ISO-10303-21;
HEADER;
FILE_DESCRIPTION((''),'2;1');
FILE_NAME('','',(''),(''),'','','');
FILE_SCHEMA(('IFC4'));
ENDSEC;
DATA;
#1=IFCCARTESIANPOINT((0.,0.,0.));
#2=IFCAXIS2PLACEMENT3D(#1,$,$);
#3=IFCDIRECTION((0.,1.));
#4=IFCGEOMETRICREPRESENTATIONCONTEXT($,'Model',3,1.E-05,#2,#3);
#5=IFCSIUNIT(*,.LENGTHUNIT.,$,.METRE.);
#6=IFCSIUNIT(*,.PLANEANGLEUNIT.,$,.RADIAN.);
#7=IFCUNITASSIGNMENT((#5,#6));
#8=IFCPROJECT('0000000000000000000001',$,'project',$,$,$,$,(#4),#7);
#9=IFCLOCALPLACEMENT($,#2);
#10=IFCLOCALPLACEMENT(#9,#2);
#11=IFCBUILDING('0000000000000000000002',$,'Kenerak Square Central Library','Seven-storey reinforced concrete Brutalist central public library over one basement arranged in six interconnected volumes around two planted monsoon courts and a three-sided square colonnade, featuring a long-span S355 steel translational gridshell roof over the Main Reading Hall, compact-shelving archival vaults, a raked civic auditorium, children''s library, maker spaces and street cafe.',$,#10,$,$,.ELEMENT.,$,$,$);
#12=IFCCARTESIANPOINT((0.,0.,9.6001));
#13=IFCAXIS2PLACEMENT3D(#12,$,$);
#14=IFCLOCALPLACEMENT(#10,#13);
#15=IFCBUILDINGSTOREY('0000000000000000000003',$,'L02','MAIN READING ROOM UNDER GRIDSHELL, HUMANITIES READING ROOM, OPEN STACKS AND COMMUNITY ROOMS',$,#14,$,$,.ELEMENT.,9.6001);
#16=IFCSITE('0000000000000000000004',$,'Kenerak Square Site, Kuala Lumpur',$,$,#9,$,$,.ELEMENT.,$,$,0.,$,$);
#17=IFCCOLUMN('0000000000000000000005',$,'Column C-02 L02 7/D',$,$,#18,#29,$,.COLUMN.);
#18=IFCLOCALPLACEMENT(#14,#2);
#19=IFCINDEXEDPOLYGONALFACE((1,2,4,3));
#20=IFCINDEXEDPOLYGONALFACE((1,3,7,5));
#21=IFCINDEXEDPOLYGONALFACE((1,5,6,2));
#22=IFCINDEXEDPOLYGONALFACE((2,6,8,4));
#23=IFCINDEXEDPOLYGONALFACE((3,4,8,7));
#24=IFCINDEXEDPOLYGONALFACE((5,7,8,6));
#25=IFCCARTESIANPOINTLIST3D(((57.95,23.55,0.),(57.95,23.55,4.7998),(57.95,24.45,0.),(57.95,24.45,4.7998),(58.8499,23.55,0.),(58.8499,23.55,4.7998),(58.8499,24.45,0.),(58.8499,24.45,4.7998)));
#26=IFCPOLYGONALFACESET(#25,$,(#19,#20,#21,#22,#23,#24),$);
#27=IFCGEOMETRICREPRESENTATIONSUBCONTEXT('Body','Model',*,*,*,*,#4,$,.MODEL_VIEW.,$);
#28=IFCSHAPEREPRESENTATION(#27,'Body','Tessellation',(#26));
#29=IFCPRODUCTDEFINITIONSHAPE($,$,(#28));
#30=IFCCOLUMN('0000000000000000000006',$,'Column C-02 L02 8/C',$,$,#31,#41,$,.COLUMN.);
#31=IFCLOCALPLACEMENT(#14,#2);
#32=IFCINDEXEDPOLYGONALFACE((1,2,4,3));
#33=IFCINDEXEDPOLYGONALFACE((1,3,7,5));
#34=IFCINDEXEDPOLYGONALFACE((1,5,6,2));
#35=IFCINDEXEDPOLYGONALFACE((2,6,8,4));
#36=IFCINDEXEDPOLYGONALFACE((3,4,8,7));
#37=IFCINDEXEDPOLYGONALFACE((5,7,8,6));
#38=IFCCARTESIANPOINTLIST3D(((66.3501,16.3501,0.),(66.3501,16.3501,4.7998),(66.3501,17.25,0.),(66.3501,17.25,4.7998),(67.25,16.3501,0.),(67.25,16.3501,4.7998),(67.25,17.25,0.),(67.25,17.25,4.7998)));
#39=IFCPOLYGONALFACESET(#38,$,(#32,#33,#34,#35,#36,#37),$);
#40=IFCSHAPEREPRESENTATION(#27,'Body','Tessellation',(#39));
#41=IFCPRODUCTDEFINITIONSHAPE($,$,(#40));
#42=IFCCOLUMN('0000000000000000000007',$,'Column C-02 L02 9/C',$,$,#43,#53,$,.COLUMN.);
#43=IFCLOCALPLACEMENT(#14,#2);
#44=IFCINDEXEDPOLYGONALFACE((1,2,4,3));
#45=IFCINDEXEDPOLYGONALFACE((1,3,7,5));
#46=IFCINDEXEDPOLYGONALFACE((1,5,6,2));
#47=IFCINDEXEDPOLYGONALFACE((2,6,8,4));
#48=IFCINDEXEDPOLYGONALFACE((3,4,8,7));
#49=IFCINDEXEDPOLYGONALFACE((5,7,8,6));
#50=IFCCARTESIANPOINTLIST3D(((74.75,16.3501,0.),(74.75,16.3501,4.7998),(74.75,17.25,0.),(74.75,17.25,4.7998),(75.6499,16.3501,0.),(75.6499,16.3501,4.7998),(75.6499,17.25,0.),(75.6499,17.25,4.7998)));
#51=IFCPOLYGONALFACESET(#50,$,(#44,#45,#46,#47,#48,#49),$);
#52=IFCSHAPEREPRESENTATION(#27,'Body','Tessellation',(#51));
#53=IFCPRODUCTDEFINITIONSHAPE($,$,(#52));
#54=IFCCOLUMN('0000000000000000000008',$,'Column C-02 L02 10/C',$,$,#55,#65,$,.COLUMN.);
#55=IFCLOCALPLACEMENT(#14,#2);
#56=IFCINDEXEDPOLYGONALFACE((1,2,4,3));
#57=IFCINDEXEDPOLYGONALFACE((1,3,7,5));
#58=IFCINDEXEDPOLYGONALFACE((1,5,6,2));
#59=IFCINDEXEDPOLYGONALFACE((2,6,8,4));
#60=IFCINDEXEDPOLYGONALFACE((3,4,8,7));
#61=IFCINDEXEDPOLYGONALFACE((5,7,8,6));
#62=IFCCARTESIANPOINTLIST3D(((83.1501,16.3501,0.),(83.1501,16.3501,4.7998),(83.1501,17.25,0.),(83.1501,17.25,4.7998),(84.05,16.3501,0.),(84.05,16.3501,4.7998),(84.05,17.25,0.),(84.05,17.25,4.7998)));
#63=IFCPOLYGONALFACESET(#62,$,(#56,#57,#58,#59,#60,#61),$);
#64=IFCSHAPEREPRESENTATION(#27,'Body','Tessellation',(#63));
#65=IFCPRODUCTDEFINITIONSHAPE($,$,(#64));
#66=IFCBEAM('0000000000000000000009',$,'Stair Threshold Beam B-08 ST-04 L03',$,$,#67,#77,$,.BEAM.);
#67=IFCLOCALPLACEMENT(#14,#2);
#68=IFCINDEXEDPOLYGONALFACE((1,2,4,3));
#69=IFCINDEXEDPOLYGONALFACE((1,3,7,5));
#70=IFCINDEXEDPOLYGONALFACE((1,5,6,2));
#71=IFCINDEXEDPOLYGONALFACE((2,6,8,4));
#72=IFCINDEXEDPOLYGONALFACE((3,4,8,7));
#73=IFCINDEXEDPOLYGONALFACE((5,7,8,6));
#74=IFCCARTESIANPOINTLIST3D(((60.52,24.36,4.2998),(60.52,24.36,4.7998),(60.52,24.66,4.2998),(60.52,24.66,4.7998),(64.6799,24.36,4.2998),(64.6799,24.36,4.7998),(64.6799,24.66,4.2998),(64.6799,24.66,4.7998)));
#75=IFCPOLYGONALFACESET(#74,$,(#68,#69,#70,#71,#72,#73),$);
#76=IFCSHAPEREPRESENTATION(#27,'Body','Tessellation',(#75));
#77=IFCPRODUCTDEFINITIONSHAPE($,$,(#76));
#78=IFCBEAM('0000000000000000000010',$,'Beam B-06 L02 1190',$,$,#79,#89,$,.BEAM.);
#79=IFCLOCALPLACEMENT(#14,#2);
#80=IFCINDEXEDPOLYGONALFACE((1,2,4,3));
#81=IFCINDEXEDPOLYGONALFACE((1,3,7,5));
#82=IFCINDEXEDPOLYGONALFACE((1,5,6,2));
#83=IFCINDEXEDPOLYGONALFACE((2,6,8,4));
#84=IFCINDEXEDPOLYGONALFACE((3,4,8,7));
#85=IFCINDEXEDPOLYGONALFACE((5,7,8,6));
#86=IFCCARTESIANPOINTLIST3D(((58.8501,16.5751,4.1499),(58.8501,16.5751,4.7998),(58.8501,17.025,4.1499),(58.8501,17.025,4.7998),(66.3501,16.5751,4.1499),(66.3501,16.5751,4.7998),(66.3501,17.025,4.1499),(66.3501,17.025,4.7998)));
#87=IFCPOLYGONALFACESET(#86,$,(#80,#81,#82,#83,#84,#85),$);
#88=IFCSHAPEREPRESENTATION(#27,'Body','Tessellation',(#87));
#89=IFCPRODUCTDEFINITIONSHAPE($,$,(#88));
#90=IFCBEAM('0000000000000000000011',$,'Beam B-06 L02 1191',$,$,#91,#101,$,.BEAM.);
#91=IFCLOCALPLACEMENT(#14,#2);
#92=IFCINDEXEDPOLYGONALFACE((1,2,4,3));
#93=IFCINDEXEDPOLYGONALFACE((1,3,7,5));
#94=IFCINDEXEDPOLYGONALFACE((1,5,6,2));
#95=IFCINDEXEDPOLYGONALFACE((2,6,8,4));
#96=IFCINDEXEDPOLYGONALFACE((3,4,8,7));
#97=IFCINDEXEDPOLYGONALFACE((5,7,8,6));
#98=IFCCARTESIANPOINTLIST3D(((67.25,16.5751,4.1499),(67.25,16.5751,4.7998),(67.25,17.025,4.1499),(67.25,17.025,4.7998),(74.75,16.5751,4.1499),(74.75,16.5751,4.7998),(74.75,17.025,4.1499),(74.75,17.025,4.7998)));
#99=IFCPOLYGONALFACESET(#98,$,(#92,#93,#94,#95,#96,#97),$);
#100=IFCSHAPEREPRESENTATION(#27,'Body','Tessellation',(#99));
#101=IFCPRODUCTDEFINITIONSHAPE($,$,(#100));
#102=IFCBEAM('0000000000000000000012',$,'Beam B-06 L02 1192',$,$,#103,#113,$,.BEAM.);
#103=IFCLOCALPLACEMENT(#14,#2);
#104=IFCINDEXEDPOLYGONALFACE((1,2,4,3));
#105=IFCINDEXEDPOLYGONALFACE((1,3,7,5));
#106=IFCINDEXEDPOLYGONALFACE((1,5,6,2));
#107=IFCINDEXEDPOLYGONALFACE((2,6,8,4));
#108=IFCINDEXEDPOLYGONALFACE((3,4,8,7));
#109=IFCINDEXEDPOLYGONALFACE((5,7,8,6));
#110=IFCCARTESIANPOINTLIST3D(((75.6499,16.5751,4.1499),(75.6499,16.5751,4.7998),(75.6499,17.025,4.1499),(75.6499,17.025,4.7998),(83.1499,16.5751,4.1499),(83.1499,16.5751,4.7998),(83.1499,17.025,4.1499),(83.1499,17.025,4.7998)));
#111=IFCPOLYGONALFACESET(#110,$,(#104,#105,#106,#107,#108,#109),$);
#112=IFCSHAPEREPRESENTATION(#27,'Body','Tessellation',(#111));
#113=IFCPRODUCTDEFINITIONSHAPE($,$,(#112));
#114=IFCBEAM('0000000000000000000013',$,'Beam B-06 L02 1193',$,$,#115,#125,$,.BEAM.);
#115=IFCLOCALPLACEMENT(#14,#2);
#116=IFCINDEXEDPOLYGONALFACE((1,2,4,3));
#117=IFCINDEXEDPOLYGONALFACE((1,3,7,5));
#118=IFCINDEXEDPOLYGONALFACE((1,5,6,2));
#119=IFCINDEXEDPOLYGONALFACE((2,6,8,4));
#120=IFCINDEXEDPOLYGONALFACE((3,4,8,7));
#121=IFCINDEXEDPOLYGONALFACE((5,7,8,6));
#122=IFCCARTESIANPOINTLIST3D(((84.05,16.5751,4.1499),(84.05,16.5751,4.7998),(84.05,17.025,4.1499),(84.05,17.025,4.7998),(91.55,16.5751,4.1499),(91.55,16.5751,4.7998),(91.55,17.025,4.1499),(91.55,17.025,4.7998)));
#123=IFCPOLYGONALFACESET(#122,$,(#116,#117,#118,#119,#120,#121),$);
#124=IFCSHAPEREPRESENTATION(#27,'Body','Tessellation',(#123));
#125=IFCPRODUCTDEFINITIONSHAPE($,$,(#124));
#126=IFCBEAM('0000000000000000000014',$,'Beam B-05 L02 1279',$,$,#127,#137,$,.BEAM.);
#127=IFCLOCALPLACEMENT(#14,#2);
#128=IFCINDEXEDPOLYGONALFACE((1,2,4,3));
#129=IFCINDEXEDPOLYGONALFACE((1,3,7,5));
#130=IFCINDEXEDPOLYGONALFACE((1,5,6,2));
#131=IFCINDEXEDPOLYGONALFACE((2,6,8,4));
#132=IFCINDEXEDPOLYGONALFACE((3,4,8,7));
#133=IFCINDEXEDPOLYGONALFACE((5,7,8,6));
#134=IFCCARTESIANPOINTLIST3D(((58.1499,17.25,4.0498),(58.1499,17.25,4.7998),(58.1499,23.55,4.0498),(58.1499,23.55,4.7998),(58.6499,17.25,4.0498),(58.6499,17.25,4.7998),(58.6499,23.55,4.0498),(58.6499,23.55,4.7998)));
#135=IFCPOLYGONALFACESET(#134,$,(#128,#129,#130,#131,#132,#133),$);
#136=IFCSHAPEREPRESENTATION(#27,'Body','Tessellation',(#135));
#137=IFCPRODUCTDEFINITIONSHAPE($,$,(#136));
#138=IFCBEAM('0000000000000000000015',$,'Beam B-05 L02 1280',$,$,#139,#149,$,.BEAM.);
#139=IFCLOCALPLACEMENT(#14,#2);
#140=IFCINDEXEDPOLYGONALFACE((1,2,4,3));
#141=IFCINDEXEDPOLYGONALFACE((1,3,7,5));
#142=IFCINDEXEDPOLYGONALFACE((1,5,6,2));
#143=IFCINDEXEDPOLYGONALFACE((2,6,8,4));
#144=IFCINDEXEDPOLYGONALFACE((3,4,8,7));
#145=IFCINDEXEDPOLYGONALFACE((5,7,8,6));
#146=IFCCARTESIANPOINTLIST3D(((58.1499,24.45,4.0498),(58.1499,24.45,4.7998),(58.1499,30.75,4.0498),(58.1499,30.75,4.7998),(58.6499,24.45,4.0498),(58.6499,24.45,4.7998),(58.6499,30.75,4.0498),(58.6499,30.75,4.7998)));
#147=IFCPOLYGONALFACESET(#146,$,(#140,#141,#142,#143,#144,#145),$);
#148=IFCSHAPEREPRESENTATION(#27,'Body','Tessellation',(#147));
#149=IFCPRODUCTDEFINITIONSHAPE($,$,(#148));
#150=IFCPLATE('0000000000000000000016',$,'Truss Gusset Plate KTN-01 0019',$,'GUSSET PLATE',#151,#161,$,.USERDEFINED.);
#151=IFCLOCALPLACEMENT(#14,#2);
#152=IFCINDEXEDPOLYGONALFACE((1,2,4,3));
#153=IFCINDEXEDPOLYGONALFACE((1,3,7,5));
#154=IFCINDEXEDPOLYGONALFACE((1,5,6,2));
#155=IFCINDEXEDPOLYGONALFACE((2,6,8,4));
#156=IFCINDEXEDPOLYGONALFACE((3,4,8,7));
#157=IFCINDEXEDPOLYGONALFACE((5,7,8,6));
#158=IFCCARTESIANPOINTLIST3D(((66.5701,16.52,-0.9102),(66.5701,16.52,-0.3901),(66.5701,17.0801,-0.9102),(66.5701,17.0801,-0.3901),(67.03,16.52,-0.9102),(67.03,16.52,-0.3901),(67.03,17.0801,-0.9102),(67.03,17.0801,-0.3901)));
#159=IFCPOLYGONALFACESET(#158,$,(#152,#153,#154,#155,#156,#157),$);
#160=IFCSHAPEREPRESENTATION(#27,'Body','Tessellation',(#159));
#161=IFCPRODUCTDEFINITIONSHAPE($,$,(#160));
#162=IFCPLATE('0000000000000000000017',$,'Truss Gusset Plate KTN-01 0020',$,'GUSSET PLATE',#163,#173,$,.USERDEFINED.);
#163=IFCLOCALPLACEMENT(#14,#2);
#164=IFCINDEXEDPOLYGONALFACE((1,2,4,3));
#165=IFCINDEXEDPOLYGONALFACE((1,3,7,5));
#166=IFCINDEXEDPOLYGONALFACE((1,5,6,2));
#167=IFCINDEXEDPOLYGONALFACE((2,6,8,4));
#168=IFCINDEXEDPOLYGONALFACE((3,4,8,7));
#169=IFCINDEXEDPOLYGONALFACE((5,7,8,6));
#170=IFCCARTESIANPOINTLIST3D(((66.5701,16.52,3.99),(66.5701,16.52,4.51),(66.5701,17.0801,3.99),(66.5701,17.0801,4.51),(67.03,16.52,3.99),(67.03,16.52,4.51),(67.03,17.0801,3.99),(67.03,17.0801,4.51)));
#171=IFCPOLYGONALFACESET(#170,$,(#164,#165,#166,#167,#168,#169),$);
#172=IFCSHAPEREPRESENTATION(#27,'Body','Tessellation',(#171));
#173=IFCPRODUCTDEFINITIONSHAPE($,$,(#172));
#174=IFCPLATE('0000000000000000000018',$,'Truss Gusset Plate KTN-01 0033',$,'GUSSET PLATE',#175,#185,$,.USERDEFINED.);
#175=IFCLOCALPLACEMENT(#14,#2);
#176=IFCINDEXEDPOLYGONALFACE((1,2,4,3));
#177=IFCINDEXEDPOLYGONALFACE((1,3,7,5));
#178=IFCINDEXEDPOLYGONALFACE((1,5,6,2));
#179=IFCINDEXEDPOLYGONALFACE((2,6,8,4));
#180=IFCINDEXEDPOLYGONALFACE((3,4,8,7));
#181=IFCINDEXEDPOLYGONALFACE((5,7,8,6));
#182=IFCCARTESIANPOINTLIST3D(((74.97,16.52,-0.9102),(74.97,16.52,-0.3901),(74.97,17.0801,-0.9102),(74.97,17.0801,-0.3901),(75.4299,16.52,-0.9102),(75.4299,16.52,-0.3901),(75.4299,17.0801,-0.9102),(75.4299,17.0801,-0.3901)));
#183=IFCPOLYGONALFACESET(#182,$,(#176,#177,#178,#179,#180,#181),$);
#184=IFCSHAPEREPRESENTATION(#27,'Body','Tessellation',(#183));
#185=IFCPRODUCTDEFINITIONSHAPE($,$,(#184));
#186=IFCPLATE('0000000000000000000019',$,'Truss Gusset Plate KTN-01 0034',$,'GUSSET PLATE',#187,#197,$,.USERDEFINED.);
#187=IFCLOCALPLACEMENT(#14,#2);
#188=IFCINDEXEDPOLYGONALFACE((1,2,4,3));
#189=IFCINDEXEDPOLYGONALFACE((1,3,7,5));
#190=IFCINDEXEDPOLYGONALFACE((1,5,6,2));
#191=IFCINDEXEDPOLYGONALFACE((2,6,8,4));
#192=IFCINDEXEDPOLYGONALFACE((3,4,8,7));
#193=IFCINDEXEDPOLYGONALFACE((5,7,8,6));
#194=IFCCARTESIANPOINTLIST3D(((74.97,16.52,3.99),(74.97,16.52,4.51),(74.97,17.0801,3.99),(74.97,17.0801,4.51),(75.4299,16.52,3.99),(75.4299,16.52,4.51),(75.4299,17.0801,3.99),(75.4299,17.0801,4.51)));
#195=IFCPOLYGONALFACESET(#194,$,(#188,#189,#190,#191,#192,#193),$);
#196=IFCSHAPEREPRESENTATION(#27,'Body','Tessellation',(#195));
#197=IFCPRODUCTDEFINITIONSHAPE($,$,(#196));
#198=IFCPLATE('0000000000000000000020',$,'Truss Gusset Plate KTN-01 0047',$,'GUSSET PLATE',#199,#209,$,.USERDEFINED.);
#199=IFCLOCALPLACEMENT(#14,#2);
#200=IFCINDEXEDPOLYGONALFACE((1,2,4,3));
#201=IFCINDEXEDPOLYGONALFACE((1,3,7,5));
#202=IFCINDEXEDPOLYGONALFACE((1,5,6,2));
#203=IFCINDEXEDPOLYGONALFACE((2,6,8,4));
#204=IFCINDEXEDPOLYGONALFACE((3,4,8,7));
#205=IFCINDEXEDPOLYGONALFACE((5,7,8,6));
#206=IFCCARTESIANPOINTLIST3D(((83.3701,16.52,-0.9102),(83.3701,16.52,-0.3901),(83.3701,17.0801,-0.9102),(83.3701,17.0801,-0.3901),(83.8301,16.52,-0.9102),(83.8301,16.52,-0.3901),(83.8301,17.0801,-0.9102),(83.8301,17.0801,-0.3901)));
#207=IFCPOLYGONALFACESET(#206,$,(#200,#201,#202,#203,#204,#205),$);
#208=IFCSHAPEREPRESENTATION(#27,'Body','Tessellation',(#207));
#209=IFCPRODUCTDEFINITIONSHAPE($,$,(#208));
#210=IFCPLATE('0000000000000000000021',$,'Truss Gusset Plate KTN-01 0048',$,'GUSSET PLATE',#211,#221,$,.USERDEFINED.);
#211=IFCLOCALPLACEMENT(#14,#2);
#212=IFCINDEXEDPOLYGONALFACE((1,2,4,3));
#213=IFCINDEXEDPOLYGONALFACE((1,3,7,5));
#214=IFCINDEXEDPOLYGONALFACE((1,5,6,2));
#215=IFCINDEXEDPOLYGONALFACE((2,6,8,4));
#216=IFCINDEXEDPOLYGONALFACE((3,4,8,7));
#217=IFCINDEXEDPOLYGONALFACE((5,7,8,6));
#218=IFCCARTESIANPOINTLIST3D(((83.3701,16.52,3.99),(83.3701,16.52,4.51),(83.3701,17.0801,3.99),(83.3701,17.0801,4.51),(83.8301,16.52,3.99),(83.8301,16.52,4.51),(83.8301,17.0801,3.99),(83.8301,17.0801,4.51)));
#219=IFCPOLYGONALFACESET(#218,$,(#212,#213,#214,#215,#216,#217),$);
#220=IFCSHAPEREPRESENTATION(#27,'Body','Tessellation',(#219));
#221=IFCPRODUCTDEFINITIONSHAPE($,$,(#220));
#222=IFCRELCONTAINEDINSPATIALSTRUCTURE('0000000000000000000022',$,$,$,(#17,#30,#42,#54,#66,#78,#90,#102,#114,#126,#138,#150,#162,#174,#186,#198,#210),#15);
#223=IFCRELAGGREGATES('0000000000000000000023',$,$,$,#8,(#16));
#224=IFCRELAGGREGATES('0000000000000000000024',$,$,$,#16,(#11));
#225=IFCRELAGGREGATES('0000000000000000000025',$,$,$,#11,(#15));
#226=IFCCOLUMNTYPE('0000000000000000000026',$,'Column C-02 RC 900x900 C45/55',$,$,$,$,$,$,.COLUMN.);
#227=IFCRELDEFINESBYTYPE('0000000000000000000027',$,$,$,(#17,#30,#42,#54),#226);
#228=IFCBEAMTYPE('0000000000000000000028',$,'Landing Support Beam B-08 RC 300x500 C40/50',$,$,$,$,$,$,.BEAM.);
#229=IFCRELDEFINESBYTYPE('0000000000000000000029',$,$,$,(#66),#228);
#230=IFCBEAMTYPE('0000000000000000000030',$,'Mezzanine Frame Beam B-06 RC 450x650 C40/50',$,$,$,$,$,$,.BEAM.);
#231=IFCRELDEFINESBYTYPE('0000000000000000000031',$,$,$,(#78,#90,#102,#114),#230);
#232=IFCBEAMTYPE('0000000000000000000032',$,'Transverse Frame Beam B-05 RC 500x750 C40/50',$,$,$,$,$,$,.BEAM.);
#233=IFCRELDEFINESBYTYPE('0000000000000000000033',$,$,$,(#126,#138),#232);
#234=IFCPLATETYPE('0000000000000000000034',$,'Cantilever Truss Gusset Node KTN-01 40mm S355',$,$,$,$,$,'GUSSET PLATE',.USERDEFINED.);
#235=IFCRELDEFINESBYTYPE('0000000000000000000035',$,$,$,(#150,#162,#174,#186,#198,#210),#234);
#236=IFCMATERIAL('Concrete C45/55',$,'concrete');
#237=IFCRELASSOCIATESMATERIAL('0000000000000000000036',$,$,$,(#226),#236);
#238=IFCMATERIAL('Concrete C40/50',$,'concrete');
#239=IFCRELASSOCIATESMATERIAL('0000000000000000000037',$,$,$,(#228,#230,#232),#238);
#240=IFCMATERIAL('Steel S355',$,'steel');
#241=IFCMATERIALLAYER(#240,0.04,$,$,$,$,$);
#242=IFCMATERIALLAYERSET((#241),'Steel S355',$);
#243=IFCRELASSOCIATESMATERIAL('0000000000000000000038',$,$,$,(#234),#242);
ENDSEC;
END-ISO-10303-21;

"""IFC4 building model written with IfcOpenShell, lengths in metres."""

from ifc_helpers import new_model, si_unit, direction, frame, origin, origin_2d, place, context, subcontext, project, spatial, rectangle, extrude, material, layer, layer_set, material_profile, profile_set, type_object, element, save


model = new_model("IFC4")

# Units and contexts
model_context = context("Model", 3, precision=1e-05, world=origin(), true_north=direction((0.0, 1.0)))
body_context = subcontext(model_context, "Body", "Model", "MODEL_VIEW")
ifc_project = project(units=[si_unit("LENGTHUNIT", "METRE"), si_unit("PLANEANGLEUNIT", "RADIAN")], contexts=[model_context])

# Site, building, storey
site_placement = place(None, origin())
site = spatial("IfcSite", under=ifc_project, at=site_placement, Name="Kenerak Square Site, Kuala Lumpur", CompositionType="ELEMENT", RefElevation=0.0)
building_placement = place(site_placement, origin())
building = spatial("IfcBuilding", under=site, at=building_placement, Name="Kenerak Square Central Library", Description="Seven-storey reinforced concrete Brutalist central public library over one basement arranged in six interconnected volumes around two planted monsoon courts and a three-sided square colonnade, featuring a long-span S355 steel translational gridshell roof over the Main Reading Hall, compact-shelving archival vaults, a raked civic auditorium, children's library, maker spaces and street cafe.", CompositionType="ELEMENT")
storey_placement = place(building_placement, frame((0.0, 0.0, 9.6001)))
storey = spatial("IfcBuildingStorey", under=building, at=storey_placement, Name="L02", Description="MAIN READING ROOM UNDER GRIDSHELL, HUMANITIES READING ROOM, OPEN STACKS AND COMMUNITY ROOMS", CompositionType="ELEMENT", Elevation=9.6001)

# Columns
ifc_material_1 = material(Name="Concrete C45/55", Category="concrete")
ifc_material_profile_1 = material_profile(ifc_material_1, rectangle(XDim=0.8999, YDim=0.8999, at=origin_2d()), Name="RC 900x900")
ifc_profile_set_1 = profile_set([ifc_material_profile_1], Name="Concrete C45/55")
column_type = type_object("IfcColumnType", Name="Column C-02 RC 900x900 C45/55", PredefinedType="COLUMN", material=ifc_profile_set_1)
for number, where, z_axis, x_axis, name in (
    (1, (58.3999, 24.0, 0.0), (0.0, 0.0, 1.0), (1.0, 0.0, 0.0), "Column C-02 L02 7/D"),
    (2, (66.8, 16.8, 0.0), (0.0, 0.0, 1.0), (1.0, 0.0, 0.0), "Column C-02 L02 8/C"),
    (3, (75.2, 16.8, 0.0), (0.0, 0.0, 1.0), (1.0, 0.0, 0.0), "Column C-02 L02 9/C"),
    (4, (83.6001, 16.8, 0.0), (0.0, 0.0, 1.0), (1.0, 0.0, 0.0), "Column C-02 L02 10/C"),
):
    element("IfcColumn", number, at=place(storey_placement, frame(where, z_axis=z_axis, x_axis=x_axis)), inside=storey, type_object=column_type, Name=name, PredefinedType="COLUMN", context=body_context, shape_type="SweptSolid", body=[
        extrude(rectangle(XDim=0.8999, YDim=0.8999, at=origin_2d()), origin(), (0.0, 0.0, 1.0), 4.7998),
    ])

# Beams
ifc_material_2 = material(Name="Concrete C40/50", Category="concrete")
ifc_material_profile_2 = material_profile(ifc_material_2, rectangle(XDim=0.3, YDim=0.5, at=origin_2d()), Name="RC 300x500")
ifc_profile_set_2 = profile_set([ifc_material_profile_2], Name="Concrete C40/50")
beam_type_1 = type_object("IfcBeamType", Name="Landing Support Beam B-08 RC 300x500 C40/50", PredefinedType="BEAM", material=ifc_profile_set_2)
beam_placement = place(storey_placement, frame((60.52, 24.51, 4.5498), z_axis=(1.0, 0.0, 0.0), x_axis=(0.0, 1.0, 0.0)))
element("IfcBeam", 5, at=beam_placement, inside=storey, type_object=beam_type_1, Name="Stair Threshold Beam B-08 ST-04 L03", PredefinedType="BEAM", context=body_context, shape_type="SweptSolid", body=[
    extrude(rectangle(XDim=0.3, YDim=0.5, at=origin_2d()), origin(), (0.0, 0.0, 1.0), 4.1599),
])
ifc_material_profile_3 = material_profile(ifc_material_2, rectangle(XDim=0.45, YDim=0.6499, at=origin_2d()), Name="RC 450x650")
ifc_profile_set_3 = profile_set([ifc_material_profile_3], Name="Concrete C40/50")
beam_type_2 = type_object("IfcBeamType", Name="Mezzanine Frame Beam B-06 RC 450x650 C40/50", PredefinedType="BEAM", material=ifc_profile_set_3)
for number, where, z_axis, x_axis, name in (
    (6, (58.8501, 16.8, 4.4749), (1.0, 0.0, 0.0), (0.0, 1.0, 0.0), "Beam B-06 L02 1190"),
    (7, (67.25, 16.8, 4.4749), (1.0, 0.0, 0.0), (0.0, 1.0, 0.0), "Beam B-06 L02 1191"),
    (8, (75.6499, 16.8, 4.4749), (1.0, 0.0, 0.0), (0.0, 1.0, 0.0), "Beam B-06 L02 1192"),
    (9, (84.05, 16.8, 4.4749), (1.0, 0.0, 0.0), (0.0, 1.0, 0.0), "Beam B-06 L02 1193"),
):
    element("IfcBeam", number, at=place(storey_placement, frame(where, z_axis=z_axis, x_axis=x_axis)), inside=storey, type_object=beam_type_2, Name=name, PredefinedType="BEAM", context=body_context, shape_type="SweptSolid", body=[
        extrude(rectangle(XDim=0.45, YDim=0.6499, at=origin_2d()), origin(), (0.0, 0.0, 1.0), 7.5),
    ])
ifc_material_profile_4 = material_profile(ifc_material_2, rectangle(XDim=0.5, YDim=0.75, at=origin_2d()), Name="RC 500x750")
ifc_profile_set_4 = profile_set([ifc_material_profile_4], Name="Concrete C40/50")
beam_type_3 = type_object("IfcBeamType", Name="Transverse Frame Beam B-05 RC 500x750 C40/50", PredefinedType="BEAM", material=ifc_profile_set_4)
for number, where, z_axis, x_axis, name in (
    (10, (58.3999, 17.25, 4.4248), (0.0, 1.0, 0.0), (-1.0, 0.0, 0.0), "Beam B-05 L02 1279"),
    (11, (58.3999, 24.45, 4.4248), (0.0, 1.0, 0.0), (-1.0, 0.0, 0.0), "Beam B-05 L02 1280"),
):
    element("IfcBeam", number, at=place(storey_placement, frame(where, z_axis=z_axis, x_axis=x_axis)), inside=storey, type_object=beam_type_3, Name=name, PredefinedType="BEAM", context=body_context, shape_type="SweptSolid", body=[
        extrude(rectangle(XDim=0.5, YDim=0.75, at=origin_2d()), origin(), (0.0, 0.0, 1.0), 6.3),
    ])

# Plates
ifc_material_3 = material(Name="Steel S355", Category="steel")
ifc_layer_1 = layer(ifc_material_3, 0.04)
ifc_layer_set_1 = layer_set([ifc_layer_1], Name="Steel S355")
plate_type = type_object("IfcPlateType", Name="Cantilever Truss Gusset Node KTN-01 40mm S355", ElementType="GUSSET PLATE", PredefinedType="USERDEFINED", material=ifc_layer_set_1)
for number, where, z_axis, x_axis, name in (
    (12, (66.8, 16.8, -0.9102), (0.0, 0.0, 1.0), (1.0, 0.0, 0.0), "Truss Gusset Plate KTN-01 0019"),
    (13, (66.8, 16.8, 3.99), (0.0, 0.0, 1.0), (1.0, 0.0, 0.0), "Truss Gusset Plate KTN-01 0020"),
    (14, (75.2, 16.8, -0.9102), (0.0, 0.0, 1.0), (1.0, 0.0, 0.0), "Truss Gusset Plate KTN-01 0033"),
    (15, (75.2, 16.8, 3.99), (0.0, 0.0, 1.0), (1.0, 0.0, 0.0), "Truss Gusset Plate KTN-01 0034"),
    (16, (83.6001, 16.8, -0.9102), (0.0, 0.0, 1.0), (1.0, 0.0, 0.0), "Truss Gusset Plate KTN-01 0047"),
    (17, (83.6001, 16.8, 3.99), (0.0, 0.0, 1.0), (1.0, 0.0, 0.0), "Truss Gusset Plate KTN-01 0048"),
):
    element("IfcPlate", number, at=place(storey_placement, frame(where, z_axis=z_axis, x_axis=x_axis)), inside=storey, type_object=plate_type, Name=name, ObjectType="GUSSET PLATE", PredefinedType="USERDEFINED", context=body_context, shape_type="SweptSolid", body=[
        extrude(rectangle(XDim=0.46, YDim=0.5601, at=origin_2d()), origin(), (0.0, 0.0, 1.0), 0.52),
    ])

save(model, "model.ifc")
